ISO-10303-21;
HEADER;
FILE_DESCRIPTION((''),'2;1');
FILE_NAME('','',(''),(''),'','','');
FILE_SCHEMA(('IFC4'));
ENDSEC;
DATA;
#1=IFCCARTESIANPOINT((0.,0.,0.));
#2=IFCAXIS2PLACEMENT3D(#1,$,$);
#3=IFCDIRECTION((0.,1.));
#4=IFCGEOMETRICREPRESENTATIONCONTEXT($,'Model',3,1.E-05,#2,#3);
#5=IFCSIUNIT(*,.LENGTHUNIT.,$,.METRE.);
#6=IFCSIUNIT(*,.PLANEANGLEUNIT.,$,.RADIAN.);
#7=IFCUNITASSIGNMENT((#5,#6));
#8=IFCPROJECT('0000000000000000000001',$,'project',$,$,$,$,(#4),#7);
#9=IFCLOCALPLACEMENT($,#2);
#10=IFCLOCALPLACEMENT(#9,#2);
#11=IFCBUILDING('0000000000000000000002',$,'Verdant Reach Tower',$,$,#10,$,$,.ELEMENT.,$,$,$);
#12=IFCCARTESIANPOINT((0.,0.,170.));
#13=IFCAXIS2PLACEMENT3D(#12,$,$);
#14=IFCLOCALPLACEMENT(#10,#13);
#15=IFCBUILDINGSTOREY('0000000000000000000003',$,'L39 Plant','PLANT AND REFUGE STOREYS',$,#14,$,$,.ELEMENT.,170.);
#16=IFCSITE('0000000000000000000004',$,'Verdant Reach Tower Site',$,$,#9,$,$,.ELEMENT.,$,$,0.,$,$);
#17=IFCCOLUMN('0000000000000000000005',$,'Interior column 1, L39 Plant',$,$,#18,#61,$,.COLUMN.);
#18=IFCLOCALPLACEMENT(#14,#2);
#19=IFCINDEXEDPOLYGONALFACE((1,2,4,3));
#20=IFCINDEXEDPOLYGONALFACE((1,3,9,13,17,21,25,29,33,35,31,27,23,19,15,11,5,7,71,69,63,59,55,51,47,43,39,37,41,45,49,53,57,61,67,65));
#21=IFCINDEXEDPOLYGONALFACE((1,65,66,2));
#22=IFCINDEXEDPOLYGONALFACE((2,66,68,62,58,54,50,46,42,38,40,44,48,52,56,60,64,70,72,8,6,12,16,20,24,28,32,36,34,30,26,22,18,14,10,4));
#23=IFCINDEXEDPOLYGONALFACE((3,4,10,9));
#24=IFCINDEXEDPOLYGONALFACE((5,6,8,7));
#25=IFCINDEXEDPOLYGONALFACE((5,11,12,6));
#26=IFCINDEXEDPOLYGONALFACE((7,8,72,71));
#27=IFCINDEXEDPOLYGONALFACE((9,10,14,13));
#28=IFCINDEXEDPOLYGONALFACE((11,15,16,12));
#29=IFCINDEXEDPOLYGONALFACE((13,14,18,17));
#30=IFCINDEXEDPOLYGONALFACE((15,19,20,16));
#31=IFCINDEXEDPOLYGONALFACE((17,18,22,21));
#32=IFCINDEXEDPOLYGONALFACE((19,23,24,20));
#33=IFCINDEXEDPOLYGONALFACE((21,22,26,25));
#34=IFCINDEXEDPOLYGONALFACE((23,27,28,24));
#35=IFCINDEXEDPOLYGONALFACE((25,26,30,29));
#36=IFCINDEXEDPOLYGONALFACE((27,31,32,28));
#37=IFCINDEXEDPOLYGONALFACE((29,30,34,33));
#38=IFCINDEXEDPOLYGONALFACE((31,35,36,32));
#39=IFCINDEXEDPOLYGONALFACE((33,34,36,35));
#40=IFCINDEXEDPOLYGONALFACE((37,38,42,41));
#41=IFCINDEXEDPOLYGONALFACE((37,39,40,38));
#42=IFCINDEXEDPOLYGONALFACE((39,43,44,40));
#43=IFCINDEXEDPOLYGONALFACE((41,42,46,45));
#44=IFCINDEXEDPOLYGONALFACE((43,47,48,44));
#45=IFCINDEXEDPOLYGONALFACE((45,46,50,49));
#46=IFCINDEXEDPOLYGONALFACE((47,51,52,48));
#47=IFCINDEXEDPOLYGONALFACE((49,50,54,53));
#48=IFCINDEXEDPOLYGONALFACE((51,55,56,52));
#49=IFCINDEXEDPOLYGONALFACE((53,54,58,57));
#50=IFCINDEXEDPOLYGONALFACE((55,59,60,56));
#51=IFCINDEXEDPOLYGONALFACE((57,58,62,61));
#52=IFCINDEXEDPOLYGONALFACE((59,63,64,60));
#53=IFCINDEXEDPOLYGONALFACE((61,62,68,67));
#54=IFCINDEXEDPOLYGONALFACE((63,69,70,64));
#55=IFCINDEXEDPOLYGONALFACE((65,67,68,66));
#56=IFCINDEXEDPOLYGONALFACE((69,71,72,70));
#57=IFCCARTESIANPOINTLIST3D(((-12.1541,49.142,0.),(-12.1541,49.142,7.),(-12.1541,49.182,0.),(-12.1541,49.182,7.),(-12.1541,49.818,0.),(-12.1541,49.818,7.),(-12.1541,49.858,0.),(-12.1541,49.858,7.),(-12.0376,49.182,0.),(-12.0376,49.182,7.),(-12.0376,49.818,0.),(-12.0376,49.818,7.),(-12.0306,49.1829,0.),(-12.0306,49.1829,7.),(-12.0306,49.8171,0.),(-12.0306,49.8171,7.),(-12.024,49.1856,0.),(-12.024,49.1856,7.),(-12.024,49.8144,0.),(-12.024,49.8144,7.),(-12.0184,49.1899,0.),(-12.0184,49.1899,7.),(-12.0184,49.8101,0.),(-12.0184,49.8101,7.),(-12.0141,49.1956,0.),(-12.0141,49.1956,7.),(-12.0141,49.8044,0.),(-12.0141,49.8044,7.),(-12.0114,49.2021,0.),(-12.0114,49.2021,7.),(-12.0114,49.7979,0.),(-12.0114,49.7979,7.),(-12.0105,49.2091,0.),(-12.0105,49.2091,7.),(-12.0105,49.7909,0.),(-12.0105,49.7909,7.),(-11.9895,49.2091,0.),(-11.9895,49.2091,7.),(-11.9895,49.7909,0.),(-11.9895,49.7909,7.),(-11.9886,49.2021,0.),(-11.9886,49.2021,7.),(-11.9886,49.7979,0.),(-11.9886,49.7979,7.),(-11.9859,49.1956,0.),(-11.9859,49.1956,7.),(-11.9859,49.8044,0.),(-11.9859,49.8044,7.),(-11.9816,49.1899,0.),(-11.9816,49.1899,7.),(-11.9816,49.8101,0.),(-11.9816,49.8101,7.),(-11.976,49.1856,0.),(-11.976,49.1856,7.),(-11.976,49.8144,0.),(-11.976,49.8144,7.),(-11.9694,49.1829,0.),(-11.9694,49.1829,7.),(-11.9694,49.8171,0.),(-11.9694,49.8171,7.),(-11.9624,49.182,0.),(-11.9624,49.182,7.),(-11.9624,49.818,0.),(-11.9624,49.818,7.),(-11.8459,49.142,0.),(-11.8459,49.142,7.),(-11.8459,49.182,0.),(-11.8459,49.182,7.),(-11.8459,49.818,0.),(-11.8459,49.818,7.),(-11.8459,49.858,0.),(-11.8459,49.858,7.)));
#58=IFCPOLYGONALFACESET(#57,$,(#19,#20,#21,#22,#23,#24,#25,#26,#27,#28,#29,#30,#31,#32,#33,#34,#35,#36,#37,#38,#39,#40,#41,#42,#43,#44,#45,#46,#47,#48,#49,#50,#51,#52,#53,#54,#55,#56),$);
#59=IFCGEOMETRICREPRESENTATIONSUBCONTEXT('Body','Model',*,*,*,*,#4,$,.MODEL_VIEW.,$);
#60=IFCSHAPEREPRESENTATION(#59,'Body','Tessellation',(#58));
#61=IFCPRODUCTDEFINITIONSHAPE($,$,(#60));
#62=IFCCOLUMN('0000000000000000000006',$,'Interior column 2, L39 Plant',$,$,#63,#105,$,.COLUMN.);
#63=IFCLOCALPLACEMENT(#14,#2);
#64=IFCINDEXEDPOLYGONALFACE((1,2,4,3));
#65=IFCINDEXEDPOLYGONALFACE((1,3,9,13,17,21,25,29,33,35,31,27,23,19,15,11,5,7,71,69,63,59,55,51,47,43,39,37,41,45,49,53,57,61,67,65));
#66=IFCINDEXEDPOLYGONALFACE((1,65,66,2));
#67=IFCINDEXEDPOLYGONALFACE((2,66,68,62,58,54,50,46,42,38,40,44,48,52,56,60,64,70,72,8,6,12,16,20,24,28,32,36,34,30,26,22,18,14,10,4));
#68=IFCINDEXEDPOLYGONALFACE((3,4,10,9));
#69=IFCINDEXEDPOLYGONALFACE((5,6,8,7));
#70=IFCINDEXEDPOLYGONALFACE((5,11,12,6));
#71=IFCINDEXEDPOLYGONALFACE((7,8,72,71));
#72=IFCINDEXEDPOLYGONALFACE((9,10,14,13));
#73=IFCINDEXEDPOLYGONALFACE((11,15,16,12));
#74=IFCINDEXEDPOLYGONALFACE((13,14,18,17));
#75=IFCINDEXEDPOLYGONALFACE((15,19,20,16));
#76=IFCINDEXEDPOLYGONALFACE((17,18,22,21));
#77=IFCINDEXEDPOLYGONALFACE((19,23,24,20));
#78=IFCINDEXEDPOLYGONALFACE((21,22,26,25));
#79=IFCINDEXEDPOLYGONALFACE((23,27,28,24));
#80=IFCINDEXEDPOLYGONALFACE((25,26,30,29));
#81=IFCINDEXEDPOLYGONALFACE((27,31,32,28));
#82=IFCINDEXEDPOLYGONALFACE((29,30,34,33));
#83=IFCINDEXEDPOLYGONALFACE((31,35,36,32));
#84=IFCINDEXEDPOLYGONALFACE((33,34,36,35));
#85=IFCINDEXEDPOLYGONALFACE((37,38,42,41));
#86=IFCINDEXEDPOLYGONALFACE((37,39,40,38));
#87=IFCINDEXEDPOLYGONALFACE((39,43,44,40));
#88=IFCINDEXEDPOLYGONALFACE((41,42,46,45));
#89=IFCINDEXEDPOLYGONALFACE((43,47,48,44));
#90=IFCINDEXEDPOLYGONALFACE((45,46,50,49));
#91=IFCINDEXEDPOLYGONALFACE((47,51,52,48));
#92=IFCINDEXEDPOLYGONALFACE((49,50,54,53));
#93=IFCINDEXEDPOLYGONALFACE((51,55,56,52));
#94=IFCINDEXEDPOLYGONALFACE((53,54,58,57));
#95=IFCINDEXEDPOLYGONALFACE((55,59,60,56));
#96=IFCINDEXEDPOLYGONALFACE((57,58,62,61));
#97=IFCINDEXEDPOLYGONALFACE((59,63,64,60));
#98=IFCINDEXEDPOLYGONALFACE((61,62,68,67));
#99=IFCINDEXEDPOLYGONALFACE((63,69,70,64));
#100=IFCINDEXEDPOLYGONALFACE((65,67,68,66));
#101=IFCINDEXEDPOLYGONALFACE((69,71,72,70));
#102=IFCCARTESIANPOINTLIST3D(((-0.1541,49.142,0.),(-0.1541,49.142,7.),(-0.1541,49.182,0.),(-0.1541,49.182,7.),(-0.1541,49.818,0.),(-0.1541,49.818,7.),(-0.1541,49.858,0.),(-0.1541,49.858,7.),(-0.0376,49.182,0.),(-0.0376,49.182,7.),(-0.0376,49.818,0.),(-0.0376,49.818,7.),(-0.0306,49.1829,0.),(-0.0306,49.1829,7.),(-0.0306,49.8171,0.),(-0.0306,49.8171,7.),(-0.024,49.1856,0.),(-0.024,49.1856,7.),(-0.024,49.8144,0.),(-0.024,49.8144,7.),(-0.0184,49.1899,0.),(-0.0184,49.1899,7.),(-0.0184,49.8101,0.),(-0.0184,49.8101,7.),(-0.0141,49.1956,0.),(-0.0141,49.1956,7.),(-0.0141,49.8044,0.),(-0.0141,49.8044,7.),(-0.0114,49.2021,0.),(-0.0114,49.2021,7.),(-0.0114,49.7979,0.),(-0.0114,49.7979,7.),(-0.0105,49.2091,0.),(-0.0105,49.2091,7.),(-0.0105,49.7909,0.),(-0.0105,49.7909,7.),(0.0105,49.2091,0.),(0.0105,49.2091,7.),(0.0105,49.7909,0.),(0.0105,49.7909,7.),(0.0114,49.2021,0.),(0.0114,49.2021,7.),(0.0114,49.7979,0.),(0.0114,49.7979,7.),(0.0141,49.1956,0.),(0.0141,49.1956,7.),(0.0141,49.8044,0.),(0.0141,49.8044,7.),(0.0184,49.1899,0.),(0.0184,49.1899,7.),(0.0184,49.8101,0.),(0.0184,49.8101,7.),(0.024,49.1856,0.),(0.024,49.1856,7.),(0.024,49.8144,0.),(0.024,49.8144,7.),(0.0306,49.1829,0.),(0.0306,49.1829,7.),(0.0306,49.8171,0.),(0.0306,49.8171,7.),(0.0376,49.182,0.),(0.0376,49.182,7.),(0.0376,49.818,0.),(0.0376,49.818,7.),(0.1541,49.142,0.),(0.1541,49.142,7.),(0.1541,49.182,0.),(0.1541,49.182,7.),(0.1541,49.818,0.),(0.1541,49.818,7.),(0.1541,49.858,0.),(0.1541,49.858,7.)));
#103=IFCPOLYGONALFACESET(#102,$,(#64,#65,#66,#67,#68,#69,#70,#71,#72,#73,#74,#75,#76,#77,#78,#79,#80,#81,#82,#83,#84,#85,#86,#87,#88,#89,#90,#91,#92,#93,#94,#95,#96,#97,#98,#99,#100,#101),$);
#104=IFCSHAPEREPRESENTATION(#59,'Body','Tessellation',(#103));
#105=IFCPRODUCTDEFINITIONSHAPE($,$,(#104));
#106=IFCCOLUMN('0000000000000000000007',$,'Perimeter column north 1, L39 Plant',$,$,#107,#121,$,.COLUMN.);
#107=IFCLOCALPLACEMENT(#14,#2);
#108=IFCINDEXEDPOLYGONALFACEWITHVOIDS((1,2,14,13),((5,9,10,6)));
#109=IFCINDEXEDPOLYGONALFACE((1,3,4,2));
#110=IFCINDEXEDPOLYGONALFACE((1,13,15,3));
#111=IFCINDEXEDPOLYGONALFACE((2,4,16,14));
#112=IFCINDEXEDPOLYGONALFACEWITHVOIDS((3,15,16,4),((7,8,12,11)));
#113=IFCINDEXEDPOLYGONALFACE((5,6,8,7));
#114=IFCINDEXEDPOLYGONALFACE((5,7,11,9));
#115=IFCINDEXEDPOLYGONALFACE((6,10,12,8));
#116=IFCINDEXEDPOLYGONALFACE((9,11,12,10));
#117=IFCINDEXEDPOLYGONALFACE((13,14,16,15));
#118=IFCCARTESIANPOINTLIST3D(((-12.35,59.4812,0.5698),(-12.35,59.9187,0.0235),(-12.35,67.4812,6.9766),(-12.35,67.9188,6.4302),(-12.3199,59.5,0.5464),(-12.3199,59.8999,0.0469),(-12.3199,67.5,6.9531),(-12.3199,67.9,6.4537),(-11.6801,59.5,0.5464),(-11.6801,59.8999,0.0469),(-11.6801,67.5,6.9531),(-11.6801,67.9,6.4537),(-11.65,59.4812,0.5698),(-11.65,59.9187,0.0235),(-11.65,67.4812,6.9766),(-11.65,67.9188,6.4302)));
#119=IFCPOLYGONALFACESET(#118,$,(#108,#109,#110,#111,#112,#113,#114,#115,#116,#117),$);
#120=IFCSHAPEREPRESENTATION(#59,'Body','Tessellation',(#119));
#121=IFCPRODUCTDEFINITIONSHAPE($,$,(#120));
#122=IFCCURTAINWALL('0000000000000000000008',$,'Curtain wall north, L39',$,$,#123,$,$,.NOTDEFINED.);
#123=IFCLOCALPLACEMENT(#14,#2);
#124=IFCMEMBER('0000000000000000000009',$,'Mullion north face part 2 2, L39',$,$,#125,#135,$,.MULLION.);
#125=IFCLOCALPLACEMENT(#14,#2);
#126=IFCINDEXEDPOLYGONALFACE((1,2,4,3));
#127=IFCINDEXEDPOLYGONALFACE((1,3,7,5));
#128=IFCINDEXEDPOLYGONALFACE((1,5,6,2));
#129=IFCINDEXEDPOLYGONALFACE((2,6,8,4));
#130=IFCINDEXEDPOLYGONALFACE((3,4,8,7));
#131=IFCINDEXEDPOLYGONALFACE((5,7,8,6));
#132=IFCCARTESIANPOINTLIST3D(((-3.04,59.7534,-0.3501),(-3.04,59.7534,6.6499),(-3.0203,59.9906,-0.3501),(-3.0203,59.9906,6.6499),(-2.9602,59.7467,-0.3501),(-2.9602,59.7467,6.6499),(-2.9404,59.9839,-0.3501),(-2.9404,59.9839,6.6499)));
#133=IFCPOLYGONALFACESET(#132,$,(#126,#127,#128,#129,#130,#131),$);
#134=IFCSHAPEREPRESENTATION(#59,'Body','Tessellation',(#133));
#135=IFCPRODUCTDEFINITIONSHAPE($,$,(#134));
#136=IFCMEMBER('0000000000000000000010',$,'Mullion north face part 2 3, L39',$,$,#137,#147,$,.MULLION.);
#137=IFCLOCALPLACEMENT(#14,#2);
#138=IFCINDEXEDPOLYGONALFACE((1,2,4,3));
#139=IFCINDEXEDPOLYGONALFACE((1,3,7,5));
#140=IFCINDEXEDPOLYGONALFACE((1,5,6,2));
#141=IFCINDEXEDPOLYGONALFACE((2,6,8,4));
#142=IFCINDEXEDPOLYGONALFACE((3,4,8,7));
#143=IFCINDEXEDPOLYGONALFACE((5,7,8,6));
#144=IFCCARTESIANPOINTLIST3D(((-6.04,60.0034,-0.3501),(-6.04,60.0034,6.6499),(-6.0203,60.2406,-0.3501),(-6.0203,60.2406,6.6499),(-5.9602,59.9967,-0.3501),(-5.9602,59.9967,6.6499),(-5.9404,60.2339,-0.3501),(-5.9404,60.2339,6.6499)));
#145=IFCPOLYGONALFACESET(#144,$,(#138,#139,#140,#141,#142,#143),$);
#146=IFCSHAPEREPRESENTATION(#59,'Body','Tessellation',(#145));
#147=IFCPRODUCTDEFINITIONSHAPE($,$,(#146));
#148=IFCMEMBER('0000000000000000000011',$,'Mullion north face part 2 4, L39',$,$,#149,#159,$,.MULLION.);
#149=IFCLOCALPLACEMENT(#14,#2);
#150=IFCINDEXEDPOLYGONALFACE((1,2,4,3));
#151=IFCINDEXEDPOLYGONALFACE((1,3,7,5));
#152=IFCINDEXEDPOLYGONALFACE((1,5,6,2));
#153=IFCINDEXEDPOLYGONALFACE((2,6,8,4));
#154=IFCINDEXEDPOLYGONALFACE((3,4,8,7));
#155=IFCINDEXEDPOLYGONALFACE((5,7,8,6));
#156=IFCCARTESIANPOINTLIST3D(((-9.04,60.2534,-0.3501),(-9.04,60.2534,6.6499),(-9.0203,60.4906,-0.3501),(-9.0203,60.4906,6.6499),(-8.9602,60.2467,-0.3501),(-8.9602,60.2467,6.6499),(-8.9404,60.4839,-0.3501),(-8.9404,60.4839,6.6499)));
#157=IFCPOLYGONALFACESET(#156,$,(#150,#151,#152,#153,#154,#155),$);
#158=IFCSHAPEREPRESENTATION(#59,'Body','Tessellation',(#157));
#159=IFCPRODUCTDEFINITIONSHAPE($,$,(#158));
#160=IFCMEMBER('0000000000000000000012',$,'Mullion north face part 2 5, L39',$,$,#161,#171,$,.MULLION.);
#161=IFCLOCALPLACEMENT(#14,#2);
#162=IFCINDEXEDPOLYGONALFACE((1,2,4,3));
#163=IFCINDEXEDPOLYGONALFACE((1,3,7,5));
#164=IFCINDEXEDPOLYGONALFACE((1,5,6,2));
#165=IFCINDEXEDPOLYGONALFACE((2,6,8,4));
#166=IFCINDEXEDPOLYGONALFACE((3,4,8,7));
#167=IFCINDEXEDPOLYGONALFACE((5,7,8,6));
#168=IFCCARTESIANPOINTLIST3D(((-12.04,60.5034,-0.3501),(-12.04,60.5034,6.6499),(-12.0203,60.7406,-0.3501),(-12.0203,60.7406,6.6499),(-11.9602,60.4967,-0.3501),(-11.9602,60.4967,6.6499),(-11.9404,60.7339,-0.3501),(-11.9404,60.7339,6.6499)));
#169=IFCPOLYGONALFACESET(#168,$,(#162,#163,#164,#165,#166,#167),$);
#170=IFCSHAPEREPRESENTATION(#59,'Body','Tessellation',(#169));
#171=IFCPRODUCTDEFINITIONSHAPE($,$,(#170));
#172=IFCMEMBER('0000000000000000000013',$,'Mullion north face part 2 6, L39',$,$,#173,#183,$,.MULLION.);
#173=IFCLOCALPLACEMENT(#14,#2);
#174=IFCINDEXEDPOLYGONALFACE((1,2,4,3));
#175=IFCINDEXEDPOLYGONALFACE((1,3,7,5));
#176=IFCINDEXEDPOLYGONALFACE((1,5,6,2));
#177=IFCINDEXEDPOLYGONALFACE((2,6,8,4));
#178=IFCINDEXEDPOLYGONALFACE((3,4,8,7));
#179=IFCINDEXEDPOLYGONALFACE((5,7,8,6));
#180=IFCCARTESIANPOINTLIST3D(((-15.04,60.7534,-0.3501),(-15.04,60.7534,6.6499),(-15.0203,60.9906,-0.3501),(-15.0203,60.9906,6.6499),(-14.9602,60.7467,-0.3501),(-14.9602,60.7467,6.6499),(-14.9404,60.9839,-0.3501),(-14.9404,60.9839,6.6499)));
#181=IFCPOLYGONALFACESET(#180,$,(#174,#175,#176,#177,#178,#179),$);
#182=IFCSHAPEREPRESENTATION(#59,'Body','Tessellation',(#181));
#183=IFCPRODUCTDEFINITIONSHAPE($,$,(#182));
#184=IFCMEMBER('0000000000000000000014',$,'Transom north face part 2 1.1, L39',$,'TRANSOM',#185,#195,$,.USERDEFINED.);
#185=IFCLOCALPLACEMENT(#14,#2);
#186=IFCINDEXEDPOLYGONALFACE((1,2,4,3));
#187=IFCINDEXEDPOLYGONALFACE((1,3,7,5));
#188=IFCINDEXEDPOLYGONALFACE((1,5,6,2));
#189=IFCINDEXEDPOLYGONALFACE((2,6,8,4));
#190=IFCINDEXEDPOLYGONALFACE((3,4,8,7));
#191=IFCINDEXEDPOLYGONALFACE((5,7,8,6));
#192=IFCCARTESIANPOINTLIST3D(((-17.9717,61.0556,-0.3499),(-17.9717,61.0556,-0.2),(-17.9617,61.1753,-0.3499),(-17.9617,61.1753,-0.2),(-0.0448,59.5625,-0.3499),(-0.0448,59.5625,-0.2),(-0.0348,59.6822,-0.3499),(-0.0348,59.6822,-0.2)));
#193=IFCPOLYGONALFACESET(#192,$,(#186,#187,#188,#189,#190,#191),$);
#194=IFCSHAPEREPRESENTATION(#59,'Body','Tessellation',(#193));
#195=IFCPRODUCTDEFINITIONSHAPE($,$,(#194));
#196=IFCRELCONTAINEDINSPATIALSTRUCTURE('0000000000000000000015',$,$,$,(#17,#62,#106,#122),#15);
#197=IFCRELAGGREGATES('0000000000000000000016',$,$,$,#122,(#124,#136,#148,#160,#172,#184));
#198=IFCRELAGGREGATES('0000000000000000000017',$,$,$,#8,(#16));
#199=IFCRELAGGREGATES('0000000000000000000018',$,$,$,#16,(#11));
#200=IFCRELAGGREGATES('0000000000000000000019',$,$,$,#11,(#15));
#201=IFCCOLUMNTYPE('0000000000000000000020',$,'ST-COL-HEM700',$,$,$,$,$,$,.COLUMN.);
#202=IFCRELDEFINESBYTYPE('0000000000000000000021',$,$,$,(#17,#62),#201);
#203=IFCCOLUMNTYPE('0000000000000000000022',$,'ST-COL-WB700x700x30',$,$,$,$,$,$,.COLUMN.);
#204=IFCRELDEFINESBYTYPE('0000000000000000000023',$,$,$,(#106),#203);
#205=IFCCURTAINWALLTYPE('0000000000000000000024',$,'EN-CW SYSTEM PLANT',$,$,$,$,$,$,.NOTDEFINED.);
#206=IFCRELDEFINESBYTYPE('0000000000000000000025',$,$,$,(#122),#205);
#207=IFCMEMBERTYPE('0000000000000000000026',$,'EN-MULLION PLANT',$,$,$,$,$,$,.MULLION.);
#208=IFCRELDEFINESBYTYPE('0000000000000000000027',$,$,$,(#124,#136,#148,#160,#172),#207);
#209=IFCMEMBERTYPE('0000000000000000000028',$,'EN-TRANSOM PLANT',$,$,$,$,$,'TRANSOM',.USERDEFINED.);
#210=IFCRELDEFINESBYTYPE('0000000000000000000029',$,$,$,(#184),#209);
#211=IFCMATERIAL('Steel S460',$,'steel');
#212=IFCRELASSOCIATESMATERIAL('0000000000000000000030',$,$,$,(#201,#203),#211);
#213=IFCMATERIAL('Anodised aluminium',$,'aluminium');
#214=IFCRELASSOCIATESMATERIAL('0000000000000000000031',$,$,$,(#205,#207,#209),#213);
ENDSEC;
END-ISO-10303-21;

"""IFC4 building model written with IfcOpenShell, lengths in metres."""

from ifc_helpers import new_model, si_unit, direction, frame, origin, origin_2d, place, context, subcontext, project, spatial, rectangle, hollow_rectangle, i_section, extrude, material, material_profile, profile_set, type_object, element, aggregate, save


model = new_model("IFC4")

# Units and contexts
model_context = context("Model", 3, precision=1e-05, world=origin(), true_north=direction((0.0, 1.0)))
body_context = subcontext(model_context, "Body", "Model", "MODEL_VIEW")
ifc_project = project(units=[si_unit("LENGTHUNIT", "METRE"), si_unit("PLANEANGLEUNIT", "RADIAN")], contexts=[model_context])

# Site, building, storey
site_placement = place(None, origin())
site = spatial("IfcSite", under=ifc_project, at=site_placement, Name="Verdant Reach Tower Site", CompositionType="ELEMENT", RefElevation=0.0)
building_placement = place(site_placement, origin())
building = spatial("IfcBuilding", under=site, at=building_placement, Name="Verdant Reach Tower", CompositionType="ELEMENT")
storey_placement = place(building_placement, frame((0.0, 0.0, 170.0)))
storey = spatial("IfcBuildingStorey", under=building, at=storey_placement, Name="L39 Plant", Description="PLANT AND REFUGE STOREYS", CompositionType="ELEMENT", Elevation=170.0)

# Columns
ifc_material_1 = material(Name="Steel S460", Category="steel")
ifc_material_profile_1 = material_profile(ifc_material_1, i_section(OverallWidth=0.3081, OverallDepth=0.7161, WebThickness=0.021, FlangeThickness=0.04, FilletRadius=0.0271, at=origin_2d()), Name="HEM 700")
ifc_profile_set_1 = profile_set([ifc_material_profile_1], Name="Steel S460")
column_type_1 = type_object("IfcColumnType", Name="ST-COL-HEM700", PredefinedType="COLUMN", material=ifc_profile_set_1)
for number, where, z_axis, x_axis, name in (
    (1, (-12.0, 49.5, 0.0), (0.0, 0.0, 1.0), (1.0, 0.0, 0.0), "Interior column 1, L39 Plant"),
    (2, (0.0, 49.5, 0.0), (0.0, 0.0, 1.0), (1.0, 0.0, 0.0), "Interior column 2, L39 Plant"),
):
    element("IfcColumn", number, at=place(storey_placement, frame(where, z_axis=z_axis, x_axis=x_axis)), inside=storey, type_object=column_type_1, Name=name, PredefinedType="COLUMN", context=body_context, shape_type="SweptSolid", body=[
        extrude(i_section(OverallWidth=0.3081, OverallDepth=0.7161, WebThickness=0.021, FlangeThickness=0.04, FilletRadius=0.0271, at=origin_2d()), origin(), (0.0, 0.0, 1.0), 7.0),
    ])
ifc_material_profile_2 = material_profile(ifc_material_1, hollow_rectangle(XDim=0.7, YDim=0.7, WallThickness=0.03, at=origin_2d()), Name="WB 700x700x30")
ifc_profile_set_2 = profile_set([ifc_material_profile_2], Name="Steel S460")
column_type_2 = type_object("IfcColumnType", Name="ST-COL-WB700x700x30", PredefinedType="COLUMN", material=ifc_profile_set_2)
column_placement = place(storey_placement, frame((-12.0, 59.7, 0.2966), z_axis=(0.0, 0.780548, 0.625096), x_axis=(-1.0, 0.0, 0.0)))
element("IfcColumn", 3, at=column_placement, inside=storey, type_object=column_type_2, Name="Perimeter column north 1, L39 Plant", PredefinedType="COLUMN", context=body_context, shape_type="SweptSolid", body=[
    extrude(hollow_rectangle(XDim=0.7, YDim=0.7, WallThickness=0.03, at=origin_2d()), origin(), (0.0, 0.0, 1.0), 10.2493),
])

# Curtain wall, members
ifc_material_2 = material(Name="Anodised aluminium", Category="aluminium")
curtain_wall_type = type_object("IfcCurtainWallType", Name="EN-CW SYSTEM PLANT", PredefinedType="NOTDEFINED", material=ifc_material_2)
curtain_wall_placement = place(storey_placement, origin())
curtain_wall = element("IfcCurtainWall", 4, at=curtain_wall_placement, inside=storey, type_object=curtain_wall_type, Name="Curtain wall north, L39", PredefinedType="NOTDEFINED")
ifc_material_profile_3 = material_profile(ifc_material_2, rectangle(XDim=0.238, YDim=0.0801, at=origin_2d()), Name="Mullion 80x240")
ifc_profile_set_3 = profile_set([ifc_material_profile_3], Name="Anodised aluminium")
member_type_1 = type_object("IfcMemberType", Name="EN-MULLION PLANT", PredefinedType="MULLION", material=ifc_profile_set_3)
member_1_placement = place(storey_placement, frame((-2.9902, 59.8687, -0.3501), z_axis=(0.0, 0.0, 1.0), x_axis=(0.083045, 0.996546, 0.0)))
member_1 = element("IfcMember", 5, at=member_1_placement, type_object=member_type_1, Name="Mullion north face part 2 2, L39", PredefinedType="MULLION", context=body_context, shape_type="SweptSolid", body=[
    extrude(rectangle(XDim=0.238, YDim=0.0801, at=origin_2d()), origin(), (0.0, 0.0, 1.0), 7.0),
])
member_2_placement = place(storey_placement, frame((-5.9902, 60.1187, -0.3501), z_axis=(0.0, 0.0, 1.0), x_axis=(0.083045, 0.996546, 0.0)))
member_2 = element("IfcMember", 6, at=member_2_placement, type_object=member_type_1, Name="Mullion north face part 2 3, L39", PredefinedType="MULLION", context=body_context, shape_type="SweptSolid", body=[
    extrude(rectangle(XDim=0.238, YDim=0.0801, at=origin_2d()), origin(), (0.0, 0.0, 1.0), 7.0),
])
member_3_placement = place(storey_placement, frame((-8.9902, 60.3687, -0.3501), z_axis=(0.0, 0.0, 1.0), x_axis=(0.083045, 0.996546, 0.0)))
member_3 = element("IfcMember", 7, at=member_3_placement, type_object=member_type_1, Name="Mullion north face part 2 4, L39", PredefinedType="MULLION", context=body_context, shape_type="SweptSolid", body=[
    extrude(rectangle(XDim=0.238, YDim=0.0801, at=origin_2d()), origin(), (0.0, 0.0, 1.0), 7.0),
])
member_4_placement = place(storey_placement, frame((-11.9902, 60.6187, -0.3501), z_axis=(0.0, 0.0, 1.0), x_axis=(0.083045, 0.996546, 0.0)))
member_4 = element("IfcMember", 8, at=member_4_placement, type_object=member_type_1, Name="Mullion north face part 2 5, L39", PredefinedType="MULLION", context=body_context, shape_type="SweptSolid", body=[
    extrude(rectangle(XDim=0.238, YDim=0.0801, at=origin_2d()), origin(), (0.0, 0.0, 1.0), 7.0),
])
member_5_placement = place(storey_placement, frame((-14.9902, 60.8687, -0.3501), z_axis=(0.0, 0.0, 1.0), x_axis=(0.083045, 0.996546, 0.0)))
member_5 = element("IfcMember", 9, at=member_5_placement, type_object=member_type_1, Name="Mullion north face part 2 6, L39", PredefinedType="MULLION", context=body_context, shape_type="SweptSolid", body=[
    extrude(rectangle(XDim=0.238, YDim=0.0801, at=origin_2d()), origin(), (0.0, 0.0, 1.0), 7.0),
])
ifc_material_profile_4 = material_profile(ifc_material_2, rectangle(XDim=0.1201, YDim=0.1499, at=origin_2d()), Name="Transom 150x120")
ifc_profile_set_4 = profile_set([ifc_material_profile_4], Name="Anodised aluminium")
member_type_2 = type_object("IfcMemberType", Name="EN-TRANSOM PLANT", ElementType="TRANSOM", PredefinedType="USERDEFINED", material=ifc_profile_set_4)
member_6_placement = place(storey_placement, frame((-0.0398, 59.6223, -0.2749), z_axis=(-0.996549, 0.083004, 0.0), x_axis=(-0.083004, -0.996549, 0.0)))
member_6 = element("IfcMember", 10, at=member_6_placement, type_object=member_type_2, Name="Transom north face part 2 1.1, L39", ObjectType="TRANSOM", PredefinedType="USERDEFINED", context=body_context, shape_type="SweptSolid", body=[
    extrude(rectangle(XDim=0.1201, YDim=0.1499, at=origin_2d()), origin(), (0.0, 0.0, 1.0), 17.989),
])

aggregate(curtain_wall, [member_1, member_2, member_3, member_4, member_5, member_6])

save(model, "model.ifc")
